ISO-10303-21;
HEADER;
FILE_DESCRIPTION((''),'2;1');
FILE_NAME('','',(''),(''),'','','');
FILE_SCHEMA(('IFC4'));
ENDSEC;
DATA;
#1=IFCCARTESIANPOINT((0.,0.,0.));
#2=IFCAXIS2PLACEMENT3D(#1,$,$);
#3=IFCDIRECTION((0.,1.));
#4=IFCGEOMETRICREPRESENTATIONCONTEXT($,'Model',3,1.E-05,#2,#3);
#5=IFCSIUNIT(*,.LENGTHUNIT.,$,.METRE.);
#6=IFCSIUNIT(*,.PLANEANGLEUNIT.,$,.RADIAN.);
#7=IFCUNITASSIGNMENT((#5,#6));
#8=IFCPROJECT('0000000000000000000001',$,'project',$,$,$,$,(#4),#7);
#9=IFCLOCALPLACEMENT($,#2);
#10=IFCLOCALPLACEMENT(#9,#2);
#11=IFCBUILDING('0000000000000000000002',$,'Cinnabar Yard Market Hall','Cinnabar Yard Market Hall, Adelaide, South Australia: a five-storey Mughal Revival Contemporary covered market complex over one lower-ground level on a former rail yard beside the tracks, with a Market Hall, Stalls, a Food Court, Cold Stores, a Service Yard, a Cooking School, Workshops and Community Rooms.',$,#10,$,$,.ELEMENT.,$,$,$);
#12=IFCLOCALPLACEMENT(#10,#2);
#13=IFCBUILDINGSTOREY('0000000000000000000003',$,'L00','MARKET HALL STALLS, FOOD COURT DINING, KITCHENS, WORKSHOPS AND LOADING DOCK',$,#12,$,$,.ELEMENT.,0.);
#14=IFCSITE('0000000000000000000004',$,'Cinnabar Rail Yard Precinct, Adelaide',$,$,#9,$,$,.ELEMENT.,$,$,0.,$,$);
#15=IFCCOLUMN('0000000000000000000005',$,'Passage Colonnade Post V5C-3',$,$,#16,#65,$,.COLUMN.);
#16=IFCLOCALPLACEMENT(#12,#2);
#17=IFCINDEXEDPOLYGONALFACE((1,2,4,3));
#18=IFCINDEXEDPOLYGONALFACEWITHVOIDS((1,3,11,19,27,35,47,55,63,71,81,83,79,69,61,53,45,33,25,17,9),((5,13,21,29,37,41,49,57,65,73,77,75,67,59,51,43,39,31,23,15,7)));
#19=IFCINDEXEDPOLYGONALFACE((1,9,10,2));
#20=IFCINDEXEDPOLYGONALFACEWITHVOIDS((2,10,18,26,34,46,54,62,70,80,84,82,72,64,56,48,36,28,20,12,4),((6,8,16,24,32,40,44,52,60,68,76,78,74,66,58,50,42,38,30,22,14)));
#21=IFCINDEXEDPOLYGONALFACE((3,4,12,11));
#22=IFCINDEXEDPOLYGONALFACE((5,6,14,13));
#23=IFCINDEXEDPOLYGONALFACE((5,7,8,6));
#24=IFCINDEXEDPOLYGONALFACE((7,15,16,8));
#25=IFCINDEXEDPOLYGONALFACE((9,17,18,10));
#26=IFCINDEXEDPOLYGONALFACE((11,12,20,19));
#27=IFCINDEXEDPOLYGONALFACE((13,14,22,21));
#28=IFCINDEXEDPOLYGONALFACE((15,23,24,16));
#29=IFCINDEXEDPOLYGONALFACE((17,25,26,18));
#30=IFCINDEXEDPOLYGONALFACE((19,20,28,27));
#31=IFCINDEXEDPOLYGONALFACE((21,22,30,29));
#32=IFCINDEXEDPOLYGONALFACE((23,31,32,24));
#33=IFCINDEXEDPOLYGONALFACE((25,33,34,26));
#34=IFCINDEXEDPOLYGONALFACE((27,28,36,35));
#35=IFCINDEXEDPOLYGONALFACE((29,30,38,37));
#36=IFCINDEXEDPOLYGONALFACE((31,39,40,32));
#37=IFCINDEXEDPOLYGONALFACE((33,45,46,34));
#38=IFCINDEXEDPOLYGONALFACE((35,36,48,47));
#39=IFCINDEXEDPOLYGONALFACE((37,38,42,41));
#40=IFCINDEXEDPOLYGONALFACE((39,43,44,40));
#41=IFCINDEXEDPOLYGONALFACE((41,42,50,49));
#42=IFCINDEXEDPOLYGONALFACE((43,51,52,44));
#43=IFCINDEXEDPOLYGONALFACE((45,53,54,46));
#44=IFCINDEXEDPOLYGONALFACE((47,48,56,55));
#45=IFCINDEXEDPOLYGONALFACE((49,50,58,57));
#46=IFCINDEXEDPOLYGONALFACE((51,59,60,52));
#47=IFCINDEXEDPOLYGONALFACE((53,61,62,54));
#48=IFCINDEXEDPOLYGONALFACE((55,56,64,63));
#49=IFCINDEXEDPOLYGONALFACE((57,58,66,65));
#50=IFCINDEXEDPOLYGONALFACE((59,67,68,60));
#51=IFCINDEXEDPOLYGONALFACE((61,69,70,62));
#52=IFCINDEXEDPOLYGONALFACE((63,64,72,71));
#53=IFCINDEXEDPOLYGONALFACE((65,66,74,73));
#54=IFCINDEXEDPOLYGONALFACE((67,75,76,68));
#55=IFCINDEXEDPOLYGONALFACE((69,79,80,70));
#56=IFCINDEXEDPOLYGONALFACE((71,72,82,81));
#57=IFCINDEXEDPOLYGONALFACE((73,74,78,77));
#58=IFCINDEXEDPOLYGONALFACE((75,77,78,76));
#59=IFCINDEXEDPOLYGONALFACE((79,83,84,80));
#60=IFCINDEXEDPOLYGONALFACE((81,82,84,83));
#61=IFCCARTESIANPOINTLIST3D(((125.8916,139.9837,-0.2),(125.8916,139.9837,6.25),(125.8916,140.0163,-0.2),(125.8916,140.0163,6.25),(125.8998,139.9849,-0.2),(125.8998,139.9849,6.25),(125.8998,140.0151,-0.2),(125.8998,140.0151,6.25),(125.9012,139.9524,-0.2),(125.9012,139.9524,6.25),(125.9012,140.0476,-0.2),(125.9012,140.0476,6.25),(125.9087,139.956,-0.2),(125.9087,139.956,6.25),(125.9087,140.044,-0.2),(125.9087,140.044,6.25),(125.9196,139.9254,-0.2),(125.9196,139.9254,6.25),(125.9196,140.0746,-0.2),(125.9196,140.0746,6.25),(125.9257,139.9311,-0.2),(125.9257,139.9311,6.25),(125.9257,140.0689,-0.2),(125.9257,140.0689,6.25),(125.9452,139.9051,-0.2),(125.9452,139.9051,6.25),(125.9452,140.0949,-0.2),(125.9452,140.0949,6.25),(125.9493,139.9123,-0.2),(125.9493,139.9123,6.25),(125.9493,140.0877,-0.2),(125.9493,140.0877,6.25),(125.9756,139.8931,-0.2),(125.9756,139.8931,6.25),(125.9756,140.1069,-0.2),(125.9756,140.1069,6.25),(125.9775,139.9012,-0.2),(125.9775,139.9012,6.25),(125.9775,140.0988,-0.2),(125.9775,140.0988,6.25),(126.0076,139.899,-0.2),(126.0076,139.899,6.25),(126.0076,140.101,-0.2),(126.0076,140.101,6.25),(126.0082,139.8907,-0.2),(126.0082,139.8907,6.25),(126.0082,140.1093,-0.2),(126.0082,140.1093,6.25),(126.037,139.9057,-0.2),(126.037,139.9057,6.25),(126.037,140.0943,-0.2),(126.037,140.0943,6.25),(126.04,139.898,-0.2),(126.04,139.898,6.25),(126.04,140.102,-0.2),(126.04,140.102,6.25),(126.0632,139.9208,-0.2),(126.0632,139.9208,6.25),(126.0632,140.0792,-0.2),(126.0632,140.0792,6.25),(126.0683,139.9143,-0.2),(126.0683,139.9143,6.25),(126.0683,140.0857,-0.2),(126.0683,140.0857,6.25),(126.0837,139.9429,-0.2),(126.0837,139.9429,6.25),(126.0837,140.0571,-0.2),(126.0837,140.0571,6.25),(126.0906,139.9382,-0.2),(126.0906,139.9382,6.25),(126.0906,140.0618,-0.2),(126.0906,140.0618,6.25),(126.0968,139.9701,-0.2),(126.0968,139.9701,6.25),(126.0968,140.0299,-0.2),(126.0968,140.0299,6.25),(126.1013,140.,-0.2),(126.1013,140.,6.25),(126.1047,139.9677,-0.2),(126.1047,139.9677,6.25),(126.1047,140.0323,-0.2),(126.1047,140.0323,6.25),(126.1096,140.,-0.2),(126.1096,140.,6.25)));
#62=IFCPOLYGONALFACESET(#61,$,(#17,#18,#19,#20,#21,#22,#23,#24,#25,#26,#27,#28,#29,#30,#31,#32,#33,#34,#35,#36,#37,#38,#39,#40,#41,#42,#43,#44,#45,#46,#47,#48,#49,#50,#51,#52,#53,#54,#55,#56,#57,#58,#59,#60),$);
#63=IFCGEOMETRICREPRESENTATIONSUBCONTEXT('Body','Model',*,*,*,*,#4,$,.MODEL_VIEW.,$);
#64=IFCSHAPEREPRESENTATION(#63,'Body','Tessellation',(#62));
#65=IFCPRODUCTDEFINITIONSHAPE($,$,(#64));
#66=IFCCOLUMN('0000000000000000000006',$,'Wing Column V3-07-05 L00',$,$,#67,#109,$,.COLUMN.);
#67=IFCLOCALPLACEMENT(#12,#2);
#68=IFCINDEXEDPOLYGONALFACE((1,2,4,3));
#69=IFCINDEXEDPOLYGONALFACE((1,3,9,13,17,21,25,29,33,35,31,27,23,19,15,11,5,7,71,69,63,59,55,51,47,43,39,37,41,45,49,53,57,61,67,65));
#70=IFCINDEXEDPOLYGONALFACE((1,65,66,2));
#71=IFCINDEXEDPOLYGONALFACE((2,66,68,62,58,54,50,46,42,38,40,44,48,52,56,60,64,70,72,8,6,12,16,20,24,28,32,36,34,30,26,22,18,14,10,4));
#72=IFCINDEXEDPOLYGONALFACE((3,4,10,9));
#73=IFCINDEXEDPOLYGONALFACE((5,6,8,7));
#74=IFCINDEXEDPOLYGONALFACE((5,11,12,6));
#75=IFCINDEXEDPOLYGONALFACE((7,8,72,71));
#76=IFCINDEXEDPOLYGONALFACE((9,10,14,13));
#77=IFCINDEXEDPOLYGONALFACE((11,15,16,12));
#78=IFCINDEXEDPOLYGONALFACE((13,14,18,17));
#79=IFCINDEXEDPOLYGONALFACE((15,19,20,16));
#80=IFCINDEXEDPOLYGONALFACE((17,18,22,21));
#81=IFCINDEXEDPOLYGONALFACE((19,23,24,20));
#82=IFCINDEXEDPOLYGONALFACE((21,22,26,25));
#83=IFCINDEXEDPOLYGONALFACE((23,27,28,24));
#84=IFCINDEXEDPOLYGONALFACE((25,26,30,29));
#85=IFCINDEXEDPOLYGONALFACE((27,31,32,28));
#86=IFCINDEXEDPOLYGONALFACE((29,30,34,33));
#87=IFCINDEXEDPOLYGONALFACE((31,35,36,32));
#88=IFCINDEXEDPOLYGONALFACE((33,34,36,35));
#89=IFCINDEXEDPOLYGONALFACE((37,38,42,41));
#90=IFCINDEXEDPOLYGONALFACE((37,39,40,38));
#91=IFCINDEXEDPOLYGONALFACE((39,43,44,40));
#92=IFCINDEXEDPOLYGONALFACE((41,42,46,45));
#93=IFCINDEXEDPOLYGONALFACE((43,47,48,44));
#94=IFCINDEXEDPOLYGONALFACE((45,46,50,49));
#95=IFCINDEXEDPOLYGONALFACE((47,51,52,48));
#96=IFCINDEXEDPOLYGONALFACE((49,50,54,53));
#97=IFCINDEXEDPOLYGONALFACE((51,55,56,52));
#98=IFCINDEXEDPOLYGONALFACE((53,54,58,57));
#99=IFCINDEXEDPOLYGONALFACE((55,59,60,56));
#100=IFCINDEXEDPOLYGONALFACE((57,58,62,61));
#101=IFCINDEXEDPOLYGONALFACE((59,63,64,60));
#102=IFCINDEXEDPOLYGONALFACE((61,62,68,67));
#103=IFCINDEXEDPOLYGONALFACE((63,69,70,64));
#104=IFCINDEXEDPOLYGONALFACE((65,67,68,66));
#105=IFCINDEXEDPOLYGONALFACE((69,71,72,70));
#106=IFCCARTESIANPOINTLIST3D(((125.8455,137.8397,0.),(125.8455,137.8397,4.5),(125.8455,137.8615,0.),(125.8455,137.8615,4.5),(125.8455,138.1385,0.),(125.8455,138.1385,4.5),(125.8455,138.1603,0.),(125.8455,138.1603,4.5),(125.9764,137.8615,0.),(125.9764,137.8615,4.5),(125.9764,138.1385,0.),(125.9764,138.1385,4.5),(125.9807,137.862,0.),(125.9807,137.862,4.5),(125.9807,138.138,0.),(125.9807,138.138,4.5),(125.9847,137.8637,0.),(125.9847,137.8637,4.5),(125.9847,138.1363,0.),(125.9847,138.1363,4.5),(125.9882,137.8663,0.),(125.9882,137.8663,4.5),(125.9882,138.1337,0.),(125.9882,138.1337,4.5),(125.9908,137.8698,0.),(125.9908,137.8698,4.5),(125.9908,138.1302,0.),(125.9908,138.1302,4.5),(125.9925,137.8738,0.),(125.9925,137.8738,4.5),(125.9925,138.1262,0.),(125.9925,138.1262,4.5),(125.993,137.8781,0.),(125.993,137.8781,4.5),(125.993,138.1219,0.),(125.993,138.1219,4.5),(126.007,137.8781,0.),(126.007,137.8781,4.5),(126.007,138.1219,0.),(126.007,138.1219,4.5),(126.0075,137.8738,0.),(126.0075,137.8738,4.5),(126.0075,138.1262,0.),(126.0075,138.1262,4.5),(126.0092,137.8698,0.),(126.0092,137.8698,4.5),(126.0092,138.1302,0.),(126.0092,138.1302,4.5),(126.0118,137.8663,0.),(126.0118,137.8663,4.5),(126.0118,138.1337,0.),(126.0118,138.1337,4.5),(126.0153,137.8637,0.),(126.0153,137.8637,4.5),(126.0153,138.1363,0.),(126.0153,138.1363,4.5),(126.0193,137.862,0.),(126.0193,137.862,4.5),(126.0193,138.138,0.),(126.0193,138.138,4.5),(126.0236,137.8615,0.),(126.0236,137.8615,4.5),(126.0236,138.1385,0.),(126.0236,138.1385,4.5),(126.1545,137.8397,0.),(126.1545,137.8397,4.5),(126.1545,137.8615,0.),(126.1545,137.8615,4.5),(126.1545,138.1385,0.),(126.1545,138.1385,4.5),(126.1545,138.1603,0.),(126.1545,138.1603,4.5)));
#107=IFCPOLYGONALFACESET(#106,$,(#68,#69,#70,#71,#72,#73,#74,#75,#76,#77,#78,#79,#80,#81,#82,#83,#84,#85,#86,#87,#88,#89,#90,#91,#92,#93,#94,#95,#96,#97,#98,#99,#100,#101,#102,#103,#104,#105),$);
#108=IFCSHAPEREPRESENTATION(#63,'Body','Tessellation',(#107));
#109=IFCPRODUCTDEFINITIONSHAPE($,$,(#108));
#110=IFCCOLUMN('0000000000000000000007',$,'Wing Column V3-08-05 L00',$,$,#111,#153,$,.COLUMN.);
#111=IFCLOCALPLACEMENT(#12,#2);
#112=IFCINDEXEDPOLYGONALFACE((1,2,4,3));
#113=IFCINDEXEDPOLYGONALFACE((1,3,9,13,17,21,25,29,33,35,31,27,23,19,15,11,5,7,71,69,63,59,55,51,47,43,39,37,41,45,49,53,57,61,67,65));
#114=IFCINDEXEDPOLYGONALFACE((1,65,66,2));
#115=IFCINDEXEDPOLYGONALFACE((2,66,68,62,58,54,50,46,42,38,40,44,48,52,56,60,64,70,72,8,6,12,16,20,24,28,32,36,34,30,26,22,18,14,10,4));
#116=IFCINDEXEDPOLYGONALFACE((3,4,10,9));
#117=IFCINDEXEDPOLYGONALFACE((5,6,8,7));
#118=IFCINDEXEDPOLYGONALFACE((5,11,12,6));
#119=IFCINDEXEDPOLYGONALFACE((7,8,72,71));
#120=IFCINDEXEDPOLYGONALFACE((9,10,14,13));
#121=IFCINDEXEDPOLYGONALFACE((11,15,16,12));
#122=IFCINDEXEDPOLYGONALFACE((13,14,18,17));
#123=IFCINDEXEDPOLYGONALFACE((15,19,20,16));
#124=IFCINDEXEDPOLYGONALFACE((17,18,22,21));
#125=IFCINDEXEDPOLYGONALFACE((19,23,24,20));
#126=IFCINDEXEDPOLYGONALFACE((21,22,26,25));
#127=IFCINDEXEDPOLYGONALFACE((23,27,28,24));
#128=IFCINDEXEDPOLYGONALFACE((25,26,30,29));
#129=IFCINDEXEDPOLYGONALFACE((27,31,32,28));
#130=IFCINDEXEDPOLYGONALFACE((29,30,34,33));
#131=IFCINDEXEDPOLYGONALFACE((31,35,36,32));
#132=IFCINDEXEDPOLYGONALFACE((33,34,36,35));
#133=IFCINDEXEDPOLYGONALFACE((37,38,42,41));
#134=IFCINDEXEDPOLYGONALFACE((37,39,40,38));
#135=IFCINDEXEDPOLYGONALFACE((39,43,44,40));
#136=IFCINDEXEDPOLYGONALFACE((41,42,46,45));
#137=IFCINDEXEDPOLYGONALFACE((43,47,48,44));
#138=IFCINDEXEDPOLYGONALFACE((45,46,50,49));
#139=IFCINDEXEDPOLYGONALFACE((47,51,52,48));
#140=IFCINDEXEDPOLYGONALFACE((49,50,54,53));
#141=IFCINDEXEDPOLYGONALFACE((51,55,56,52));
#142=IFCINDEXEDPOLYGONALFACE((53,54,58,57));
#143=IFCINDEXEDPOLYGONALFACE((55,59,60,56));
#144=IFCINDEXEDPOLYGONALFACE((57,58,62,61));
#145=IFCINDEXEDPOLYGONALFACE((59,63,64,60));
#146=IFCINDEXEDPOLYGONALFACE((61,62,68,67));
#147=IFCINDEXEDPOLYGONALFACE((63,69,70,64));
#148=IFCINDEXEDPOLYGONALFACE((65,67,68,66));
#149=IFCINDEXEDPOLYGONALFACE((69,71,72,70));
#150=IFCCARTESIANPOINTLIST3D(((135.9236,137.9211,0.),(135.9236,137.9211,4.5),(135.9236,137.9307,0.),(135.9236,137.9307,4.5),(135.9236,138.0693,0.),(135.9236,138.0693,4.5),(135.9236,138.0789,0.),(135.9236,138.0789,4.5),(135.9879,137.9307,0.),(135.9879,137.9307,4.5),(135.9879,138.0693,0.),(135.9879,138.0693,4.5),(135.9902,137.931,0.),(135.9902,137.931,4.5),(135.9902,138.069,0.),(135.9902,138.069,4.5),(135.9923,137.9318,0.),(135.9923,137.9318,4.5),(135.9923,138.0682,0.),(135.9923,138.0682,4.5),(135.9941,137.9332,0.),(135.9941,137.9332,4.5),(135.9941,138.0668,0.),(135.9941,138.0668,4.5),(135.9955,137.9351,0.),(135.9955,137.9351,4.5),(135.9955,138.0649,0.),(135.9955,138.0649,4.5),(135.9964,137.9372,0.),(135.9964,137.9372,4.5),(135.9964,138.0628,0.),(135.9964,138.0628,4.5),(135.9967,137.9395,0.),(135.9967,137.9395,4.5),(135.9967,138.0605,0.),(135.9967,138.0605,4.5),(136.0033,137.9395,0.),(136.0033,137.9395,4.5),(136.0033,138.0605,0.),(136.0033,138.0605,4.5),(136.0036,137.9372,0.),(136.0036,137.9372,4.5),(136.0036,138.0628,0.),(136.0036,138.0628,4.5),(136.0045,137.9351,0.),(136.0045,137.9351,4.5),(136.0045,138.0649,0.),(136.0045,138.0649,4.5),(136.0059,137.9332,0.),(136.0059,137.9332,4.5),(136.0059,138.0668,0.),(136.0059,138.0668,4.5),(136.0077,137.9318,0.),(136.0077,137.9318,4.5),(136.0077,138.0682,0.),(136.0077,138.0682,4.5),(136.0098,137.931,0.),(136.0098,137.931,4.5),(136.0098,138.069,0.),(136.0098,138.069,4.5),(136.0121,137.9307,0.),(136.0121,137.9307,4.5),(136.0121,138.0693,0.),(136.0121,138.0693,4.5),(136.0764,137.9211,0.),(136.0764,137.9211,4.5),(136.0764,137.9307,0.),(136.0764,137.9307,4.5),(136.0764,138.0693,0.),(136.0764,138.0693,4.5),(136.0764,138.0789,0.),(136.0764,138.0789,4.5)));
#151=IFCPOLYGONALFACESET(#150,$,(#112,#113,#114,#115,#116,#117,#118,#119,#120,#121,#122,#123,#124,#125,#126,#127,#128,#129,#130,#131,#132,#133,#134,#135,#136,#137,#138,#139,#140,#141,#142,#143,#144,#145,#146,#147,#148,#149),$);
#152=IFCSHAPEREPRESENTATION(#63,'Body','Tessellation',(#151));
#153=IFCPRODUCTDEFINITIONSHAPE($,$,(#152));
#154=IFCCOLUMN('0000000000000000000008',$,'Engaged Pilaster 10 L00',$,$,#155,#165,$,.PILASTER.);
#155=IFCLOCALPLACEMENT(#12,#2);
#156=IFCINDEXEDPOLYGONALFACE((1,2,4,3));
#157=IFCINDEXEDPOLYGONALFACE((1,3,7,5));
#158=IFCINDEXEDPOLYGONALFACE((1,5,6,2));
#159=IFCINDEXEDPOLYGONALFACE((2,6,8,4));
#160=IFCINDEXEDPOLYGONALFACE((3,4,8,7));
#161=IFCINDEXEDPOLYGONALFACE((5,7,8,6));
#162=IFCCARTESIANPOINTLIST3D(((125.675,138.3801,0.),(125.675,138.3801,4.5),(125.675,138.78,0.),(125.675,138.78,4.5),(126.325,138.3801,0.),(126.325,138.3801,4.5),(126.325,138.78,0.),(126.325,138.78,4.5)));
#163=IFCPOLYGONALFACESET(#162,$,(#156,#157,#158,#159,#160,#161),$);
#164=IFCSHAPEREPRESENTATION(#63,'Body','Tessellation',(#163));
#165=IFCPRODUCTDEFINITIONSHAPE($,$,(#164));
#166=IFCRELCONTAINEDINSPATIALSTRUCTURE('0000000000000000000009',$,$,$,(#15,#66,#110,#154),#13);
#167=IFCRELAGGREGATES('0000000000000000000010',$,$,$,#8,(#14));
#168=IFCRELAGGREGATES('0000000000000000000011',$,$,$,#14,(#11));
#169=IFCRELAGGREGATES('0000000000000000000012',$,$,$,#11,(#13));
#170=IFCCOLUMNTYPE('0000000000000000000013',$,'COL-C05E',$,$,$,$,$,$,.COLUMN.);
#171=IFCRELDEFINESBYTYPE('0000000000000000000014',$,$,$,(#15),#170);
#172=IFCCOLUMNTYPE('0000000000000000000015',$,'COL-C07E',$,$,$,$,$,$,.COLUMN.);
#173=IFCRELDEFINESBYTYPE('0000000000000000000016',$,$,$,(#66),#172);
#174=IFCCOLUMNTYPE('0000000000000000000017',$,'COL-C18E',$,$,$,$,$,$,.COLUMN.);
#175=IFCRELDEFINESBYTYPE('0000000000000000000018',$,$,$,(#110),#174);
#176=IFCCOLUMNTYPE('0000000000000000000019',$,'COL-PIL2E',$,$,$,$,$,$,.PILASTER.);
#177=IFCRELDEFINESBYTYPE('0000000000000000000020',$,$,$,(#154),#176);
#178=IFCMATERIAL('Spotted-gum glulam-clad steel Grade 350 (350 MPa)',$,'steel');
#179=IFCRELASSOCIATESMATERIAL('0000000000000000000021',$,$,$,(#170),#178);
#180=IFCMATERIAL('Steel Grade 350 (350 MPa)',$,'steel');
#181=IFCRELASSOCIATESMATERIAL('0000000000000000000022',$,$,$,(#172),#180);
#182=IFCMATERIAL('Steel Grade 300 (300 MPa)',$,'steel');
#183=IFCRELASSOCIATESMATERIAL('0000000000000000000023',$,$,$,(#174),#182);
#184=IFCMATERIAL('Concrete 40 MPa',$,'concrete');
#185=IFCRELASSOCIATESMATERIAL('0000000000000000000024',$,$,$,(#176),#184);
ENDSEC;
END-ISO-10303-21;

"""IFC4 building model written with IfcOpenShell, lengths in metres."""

from ifc_helpers import new_model, si_unit, direction, frame, origin, origin_2d_with_axis, place, context, subcontext, project, spatial, rectangle, hollow_circle, i_section, extrude, material, material_profile, profile_set, type_object, element, save


model = new_model("IFC4")

# Units and contexts
model_context = context("Model", 3, precision=1e-05, world=origin(), true_north=direction((0.0, 1.0)))
body_context = subcontext(model_context, "Body", "Model", "MODEL_VIEW")
ifc_project = project(units=[si_unit("LENGTHUNIT", "METRE"), si_unit("PLANEANGLEUNIT", "RADIAN")], contexts=[model_context])

# Site, building, storey
site_placement = place(None, origin())
site = spatial("IfcSite", under=ifc_project, at=site_placement, Name="Cinnabar Rail Yard Precinct, Adelaide", CompositionType="ELEMENT", RefElevation=0.0)
building_placement = place(site_placement, origin())
building = spatial("IfcBuilding", under=site, at=building_placement, Name="Cinnabar Yard Market Hall", Description="Cinnabar Yard Market Hall, Adelaide, South Australia: a five-storey Mughal Revival Contemporary covered market complex over one lower-ground level on a former rail yard beside the tracks, with a Market Hall, Stalls, a Food Court, Cold Stores, a Service Yard, a Cooking School, Workshops and Community Rooms.", CompositionType="ELEMENT")
storey_placement = place(building_placement, origin())
storey = spatial("IfcBuildingStorey", under=building, at=storey_placement, Name="L00", Description="MARKET HALL STALLS, FOOD COURT DINING, KITCHENS, WORKSHOPS AND LOADING DOCK", CompositionType="ELEMENT", Elevation=0.0)

# Columns
ifc_material_1 = material(Name="Spotted-gum glulam-clad steel Grade 350 (350 MPa)", Category="steel")
ifc_material_profile_1 = material_profile(ifc_material_1, hollow_circle(Radius=0.1096, WallThickness=0.0083, at=origin_2d_with_axis()), Name="219.1x8.2CHS")
ifc_profile_set_1 = profile_set([ifc_material_profile_1], Name="Spotted-gum glulam-clad steel Grade 350 (350 MPa)")
column_type_1 = type_object("IfcColumnType", Name="COL-C05E", PredefinedType="COLUMN", material=ifc_profile_set_1)
column_1_placement = place(storey_placement, frame((126.0, 140.0, -0.2), z_axis=(0.0, 0.0, 1.0), x_axis=(1.0, 0.0, 0.0)))
element("IfcColumn", 1, at=column_1_placement, inside=storey, type_object=column_type_1, Name="Passage Colonnade Post V5C-3", PredefinedType="COLUMN", context=body_context, shape_type="SweptSolid", body=[
    extrude(hollow_circle(Radius=0.1096, WallThickness=0.0083, at=origin_2d_with_axis()), origin(), (0.0, 0.0, 1.0), 6.45),
])
ifc_material_2 = material(Name="Steel Grade 350 (350 MPa)", Category="steel")
ifc_material_profile_2 = material_profile(ifc_material_2, i_section(OverallWidth=0.3091, OverallDepth=0.3206, WebThickness=0.0139, FlangeThickness=0.0217, FilletRadius=0.0166, at=origin_2d_with_axis()), Name="310UC137")
ifc_profile_set_2 = profile_set([ifc_material_profile_2], Name="Steel Grade 350 (350 MPa)")
column_type_2 = type_object("IfcColumnType", Name="COL-C07E", PredefinedType="COLUMN", material=ifc_profile_set_2)
column_2_placement = place(storey_placement, frame((126.0, 138.0, 0.0), z_axis=(0.0, 0.0, 1.0), x_axis=(1.0, 0.0, 0.0)))
element("IfcColumn", 2, at=column_2_placement, inside=storey, type_object=column_type_2, Name="Wing Column V3-07-05 L00", PredefinedType="COLUMN", context=body_context, shape_type="SweptSolid", body=[
    extrude(i_section(OverallWidth=0.3091, OverallDepth=0.3206, WebThickness=0.0139, FlangeThickness=0.0217, FilletRadius=0.0166, at=origin_2d_with_axis()), origin(), (0.0, 0.0, 1.0), 4.5),
])
ifc_material_3 = material(Name="Steel Grade 300 (300 MPa)", Category="steel")
ifc_material_profile_3 = material_profile(ifc_material_3, i_section(OverallWidth=0.1528, OverallDepth=0.1577, WebThickness=0.0066, FlangeThickness=0.0095, FilletRadius=0.0088, at=origin_2d_with_axis()), Name="150UC30.0")
ifc_profile_set_3 = profile_set([ifc_material_profile_3], Name="Steel Grade 300 (300 MPa)")
column_type_3 = type_object("IfcColumnType", Name="COL-C18E", PredefinedType="COLUMN", material=ifc_profile_set_3)
column_3_placement = place(storey_placement, frame((136.0, 138.0, 0.0), z_axis=(0.0, 0.0, 1.0), x_axis=(1.0, 0.0, 0.0)))
element("IfcColumn", 3, at=column_3_placement, inside=storey, type_object=column_type_3, Name="Wing Column V3-08-05 L00", PredefinedType="COLUMN", context=body_context, shape_type="SweptSolid", body=[
    extrude(i_section(OverallWidth=0.1528, OverallDepth=0.1577, WebThickness=0.0066, FlangeThickness=0.0095, FilletRadius=0.0088, at=origin_2d_with_axis()), origin(), (0.0, 0.0, 1.0), 4.5),
])
ifc_material_4 = material(Name="Concrete 40 MPa", Category="concrete")
ifc_material_profile_4 = material_profile(ifc_material_4, rectangle(XDim=0.6499, YDim=0.3999, at=origin_2d_with_axis()), Name="RC-650x400")
ifc_profile_set_4 = profile_set([ifc_material_profile_4], Name="Concrete 40 MPa")
column_type_4 = type_object("IfcColumnType", Name="COL-PIL2E", PredefinedType="PILASTER", material=ifc_profile_set_4)
column_4_placement = place(storey_placement, frame((126.0, 138.5801, 0.0), z_axis=(0.0, 0.0, 1.0), x_axis=(1.0, 0.0, 0.0)))
element("IfcColumn", 4, at=column_4_placement, inside=storey, type_object=column_type_4, Name="Engaged Pilaster 10 L00", PredefinedType="PILASTER", context=body_context, shape_type="SweptSolid", body=[
    extrude(rectangle(XDim=0.6499, YDim=0.3999, at=origin_2d_with_axis()), origin(), (0.0, 0.0, 1.0), 4.5),
])

save(model, "model.ifc")
